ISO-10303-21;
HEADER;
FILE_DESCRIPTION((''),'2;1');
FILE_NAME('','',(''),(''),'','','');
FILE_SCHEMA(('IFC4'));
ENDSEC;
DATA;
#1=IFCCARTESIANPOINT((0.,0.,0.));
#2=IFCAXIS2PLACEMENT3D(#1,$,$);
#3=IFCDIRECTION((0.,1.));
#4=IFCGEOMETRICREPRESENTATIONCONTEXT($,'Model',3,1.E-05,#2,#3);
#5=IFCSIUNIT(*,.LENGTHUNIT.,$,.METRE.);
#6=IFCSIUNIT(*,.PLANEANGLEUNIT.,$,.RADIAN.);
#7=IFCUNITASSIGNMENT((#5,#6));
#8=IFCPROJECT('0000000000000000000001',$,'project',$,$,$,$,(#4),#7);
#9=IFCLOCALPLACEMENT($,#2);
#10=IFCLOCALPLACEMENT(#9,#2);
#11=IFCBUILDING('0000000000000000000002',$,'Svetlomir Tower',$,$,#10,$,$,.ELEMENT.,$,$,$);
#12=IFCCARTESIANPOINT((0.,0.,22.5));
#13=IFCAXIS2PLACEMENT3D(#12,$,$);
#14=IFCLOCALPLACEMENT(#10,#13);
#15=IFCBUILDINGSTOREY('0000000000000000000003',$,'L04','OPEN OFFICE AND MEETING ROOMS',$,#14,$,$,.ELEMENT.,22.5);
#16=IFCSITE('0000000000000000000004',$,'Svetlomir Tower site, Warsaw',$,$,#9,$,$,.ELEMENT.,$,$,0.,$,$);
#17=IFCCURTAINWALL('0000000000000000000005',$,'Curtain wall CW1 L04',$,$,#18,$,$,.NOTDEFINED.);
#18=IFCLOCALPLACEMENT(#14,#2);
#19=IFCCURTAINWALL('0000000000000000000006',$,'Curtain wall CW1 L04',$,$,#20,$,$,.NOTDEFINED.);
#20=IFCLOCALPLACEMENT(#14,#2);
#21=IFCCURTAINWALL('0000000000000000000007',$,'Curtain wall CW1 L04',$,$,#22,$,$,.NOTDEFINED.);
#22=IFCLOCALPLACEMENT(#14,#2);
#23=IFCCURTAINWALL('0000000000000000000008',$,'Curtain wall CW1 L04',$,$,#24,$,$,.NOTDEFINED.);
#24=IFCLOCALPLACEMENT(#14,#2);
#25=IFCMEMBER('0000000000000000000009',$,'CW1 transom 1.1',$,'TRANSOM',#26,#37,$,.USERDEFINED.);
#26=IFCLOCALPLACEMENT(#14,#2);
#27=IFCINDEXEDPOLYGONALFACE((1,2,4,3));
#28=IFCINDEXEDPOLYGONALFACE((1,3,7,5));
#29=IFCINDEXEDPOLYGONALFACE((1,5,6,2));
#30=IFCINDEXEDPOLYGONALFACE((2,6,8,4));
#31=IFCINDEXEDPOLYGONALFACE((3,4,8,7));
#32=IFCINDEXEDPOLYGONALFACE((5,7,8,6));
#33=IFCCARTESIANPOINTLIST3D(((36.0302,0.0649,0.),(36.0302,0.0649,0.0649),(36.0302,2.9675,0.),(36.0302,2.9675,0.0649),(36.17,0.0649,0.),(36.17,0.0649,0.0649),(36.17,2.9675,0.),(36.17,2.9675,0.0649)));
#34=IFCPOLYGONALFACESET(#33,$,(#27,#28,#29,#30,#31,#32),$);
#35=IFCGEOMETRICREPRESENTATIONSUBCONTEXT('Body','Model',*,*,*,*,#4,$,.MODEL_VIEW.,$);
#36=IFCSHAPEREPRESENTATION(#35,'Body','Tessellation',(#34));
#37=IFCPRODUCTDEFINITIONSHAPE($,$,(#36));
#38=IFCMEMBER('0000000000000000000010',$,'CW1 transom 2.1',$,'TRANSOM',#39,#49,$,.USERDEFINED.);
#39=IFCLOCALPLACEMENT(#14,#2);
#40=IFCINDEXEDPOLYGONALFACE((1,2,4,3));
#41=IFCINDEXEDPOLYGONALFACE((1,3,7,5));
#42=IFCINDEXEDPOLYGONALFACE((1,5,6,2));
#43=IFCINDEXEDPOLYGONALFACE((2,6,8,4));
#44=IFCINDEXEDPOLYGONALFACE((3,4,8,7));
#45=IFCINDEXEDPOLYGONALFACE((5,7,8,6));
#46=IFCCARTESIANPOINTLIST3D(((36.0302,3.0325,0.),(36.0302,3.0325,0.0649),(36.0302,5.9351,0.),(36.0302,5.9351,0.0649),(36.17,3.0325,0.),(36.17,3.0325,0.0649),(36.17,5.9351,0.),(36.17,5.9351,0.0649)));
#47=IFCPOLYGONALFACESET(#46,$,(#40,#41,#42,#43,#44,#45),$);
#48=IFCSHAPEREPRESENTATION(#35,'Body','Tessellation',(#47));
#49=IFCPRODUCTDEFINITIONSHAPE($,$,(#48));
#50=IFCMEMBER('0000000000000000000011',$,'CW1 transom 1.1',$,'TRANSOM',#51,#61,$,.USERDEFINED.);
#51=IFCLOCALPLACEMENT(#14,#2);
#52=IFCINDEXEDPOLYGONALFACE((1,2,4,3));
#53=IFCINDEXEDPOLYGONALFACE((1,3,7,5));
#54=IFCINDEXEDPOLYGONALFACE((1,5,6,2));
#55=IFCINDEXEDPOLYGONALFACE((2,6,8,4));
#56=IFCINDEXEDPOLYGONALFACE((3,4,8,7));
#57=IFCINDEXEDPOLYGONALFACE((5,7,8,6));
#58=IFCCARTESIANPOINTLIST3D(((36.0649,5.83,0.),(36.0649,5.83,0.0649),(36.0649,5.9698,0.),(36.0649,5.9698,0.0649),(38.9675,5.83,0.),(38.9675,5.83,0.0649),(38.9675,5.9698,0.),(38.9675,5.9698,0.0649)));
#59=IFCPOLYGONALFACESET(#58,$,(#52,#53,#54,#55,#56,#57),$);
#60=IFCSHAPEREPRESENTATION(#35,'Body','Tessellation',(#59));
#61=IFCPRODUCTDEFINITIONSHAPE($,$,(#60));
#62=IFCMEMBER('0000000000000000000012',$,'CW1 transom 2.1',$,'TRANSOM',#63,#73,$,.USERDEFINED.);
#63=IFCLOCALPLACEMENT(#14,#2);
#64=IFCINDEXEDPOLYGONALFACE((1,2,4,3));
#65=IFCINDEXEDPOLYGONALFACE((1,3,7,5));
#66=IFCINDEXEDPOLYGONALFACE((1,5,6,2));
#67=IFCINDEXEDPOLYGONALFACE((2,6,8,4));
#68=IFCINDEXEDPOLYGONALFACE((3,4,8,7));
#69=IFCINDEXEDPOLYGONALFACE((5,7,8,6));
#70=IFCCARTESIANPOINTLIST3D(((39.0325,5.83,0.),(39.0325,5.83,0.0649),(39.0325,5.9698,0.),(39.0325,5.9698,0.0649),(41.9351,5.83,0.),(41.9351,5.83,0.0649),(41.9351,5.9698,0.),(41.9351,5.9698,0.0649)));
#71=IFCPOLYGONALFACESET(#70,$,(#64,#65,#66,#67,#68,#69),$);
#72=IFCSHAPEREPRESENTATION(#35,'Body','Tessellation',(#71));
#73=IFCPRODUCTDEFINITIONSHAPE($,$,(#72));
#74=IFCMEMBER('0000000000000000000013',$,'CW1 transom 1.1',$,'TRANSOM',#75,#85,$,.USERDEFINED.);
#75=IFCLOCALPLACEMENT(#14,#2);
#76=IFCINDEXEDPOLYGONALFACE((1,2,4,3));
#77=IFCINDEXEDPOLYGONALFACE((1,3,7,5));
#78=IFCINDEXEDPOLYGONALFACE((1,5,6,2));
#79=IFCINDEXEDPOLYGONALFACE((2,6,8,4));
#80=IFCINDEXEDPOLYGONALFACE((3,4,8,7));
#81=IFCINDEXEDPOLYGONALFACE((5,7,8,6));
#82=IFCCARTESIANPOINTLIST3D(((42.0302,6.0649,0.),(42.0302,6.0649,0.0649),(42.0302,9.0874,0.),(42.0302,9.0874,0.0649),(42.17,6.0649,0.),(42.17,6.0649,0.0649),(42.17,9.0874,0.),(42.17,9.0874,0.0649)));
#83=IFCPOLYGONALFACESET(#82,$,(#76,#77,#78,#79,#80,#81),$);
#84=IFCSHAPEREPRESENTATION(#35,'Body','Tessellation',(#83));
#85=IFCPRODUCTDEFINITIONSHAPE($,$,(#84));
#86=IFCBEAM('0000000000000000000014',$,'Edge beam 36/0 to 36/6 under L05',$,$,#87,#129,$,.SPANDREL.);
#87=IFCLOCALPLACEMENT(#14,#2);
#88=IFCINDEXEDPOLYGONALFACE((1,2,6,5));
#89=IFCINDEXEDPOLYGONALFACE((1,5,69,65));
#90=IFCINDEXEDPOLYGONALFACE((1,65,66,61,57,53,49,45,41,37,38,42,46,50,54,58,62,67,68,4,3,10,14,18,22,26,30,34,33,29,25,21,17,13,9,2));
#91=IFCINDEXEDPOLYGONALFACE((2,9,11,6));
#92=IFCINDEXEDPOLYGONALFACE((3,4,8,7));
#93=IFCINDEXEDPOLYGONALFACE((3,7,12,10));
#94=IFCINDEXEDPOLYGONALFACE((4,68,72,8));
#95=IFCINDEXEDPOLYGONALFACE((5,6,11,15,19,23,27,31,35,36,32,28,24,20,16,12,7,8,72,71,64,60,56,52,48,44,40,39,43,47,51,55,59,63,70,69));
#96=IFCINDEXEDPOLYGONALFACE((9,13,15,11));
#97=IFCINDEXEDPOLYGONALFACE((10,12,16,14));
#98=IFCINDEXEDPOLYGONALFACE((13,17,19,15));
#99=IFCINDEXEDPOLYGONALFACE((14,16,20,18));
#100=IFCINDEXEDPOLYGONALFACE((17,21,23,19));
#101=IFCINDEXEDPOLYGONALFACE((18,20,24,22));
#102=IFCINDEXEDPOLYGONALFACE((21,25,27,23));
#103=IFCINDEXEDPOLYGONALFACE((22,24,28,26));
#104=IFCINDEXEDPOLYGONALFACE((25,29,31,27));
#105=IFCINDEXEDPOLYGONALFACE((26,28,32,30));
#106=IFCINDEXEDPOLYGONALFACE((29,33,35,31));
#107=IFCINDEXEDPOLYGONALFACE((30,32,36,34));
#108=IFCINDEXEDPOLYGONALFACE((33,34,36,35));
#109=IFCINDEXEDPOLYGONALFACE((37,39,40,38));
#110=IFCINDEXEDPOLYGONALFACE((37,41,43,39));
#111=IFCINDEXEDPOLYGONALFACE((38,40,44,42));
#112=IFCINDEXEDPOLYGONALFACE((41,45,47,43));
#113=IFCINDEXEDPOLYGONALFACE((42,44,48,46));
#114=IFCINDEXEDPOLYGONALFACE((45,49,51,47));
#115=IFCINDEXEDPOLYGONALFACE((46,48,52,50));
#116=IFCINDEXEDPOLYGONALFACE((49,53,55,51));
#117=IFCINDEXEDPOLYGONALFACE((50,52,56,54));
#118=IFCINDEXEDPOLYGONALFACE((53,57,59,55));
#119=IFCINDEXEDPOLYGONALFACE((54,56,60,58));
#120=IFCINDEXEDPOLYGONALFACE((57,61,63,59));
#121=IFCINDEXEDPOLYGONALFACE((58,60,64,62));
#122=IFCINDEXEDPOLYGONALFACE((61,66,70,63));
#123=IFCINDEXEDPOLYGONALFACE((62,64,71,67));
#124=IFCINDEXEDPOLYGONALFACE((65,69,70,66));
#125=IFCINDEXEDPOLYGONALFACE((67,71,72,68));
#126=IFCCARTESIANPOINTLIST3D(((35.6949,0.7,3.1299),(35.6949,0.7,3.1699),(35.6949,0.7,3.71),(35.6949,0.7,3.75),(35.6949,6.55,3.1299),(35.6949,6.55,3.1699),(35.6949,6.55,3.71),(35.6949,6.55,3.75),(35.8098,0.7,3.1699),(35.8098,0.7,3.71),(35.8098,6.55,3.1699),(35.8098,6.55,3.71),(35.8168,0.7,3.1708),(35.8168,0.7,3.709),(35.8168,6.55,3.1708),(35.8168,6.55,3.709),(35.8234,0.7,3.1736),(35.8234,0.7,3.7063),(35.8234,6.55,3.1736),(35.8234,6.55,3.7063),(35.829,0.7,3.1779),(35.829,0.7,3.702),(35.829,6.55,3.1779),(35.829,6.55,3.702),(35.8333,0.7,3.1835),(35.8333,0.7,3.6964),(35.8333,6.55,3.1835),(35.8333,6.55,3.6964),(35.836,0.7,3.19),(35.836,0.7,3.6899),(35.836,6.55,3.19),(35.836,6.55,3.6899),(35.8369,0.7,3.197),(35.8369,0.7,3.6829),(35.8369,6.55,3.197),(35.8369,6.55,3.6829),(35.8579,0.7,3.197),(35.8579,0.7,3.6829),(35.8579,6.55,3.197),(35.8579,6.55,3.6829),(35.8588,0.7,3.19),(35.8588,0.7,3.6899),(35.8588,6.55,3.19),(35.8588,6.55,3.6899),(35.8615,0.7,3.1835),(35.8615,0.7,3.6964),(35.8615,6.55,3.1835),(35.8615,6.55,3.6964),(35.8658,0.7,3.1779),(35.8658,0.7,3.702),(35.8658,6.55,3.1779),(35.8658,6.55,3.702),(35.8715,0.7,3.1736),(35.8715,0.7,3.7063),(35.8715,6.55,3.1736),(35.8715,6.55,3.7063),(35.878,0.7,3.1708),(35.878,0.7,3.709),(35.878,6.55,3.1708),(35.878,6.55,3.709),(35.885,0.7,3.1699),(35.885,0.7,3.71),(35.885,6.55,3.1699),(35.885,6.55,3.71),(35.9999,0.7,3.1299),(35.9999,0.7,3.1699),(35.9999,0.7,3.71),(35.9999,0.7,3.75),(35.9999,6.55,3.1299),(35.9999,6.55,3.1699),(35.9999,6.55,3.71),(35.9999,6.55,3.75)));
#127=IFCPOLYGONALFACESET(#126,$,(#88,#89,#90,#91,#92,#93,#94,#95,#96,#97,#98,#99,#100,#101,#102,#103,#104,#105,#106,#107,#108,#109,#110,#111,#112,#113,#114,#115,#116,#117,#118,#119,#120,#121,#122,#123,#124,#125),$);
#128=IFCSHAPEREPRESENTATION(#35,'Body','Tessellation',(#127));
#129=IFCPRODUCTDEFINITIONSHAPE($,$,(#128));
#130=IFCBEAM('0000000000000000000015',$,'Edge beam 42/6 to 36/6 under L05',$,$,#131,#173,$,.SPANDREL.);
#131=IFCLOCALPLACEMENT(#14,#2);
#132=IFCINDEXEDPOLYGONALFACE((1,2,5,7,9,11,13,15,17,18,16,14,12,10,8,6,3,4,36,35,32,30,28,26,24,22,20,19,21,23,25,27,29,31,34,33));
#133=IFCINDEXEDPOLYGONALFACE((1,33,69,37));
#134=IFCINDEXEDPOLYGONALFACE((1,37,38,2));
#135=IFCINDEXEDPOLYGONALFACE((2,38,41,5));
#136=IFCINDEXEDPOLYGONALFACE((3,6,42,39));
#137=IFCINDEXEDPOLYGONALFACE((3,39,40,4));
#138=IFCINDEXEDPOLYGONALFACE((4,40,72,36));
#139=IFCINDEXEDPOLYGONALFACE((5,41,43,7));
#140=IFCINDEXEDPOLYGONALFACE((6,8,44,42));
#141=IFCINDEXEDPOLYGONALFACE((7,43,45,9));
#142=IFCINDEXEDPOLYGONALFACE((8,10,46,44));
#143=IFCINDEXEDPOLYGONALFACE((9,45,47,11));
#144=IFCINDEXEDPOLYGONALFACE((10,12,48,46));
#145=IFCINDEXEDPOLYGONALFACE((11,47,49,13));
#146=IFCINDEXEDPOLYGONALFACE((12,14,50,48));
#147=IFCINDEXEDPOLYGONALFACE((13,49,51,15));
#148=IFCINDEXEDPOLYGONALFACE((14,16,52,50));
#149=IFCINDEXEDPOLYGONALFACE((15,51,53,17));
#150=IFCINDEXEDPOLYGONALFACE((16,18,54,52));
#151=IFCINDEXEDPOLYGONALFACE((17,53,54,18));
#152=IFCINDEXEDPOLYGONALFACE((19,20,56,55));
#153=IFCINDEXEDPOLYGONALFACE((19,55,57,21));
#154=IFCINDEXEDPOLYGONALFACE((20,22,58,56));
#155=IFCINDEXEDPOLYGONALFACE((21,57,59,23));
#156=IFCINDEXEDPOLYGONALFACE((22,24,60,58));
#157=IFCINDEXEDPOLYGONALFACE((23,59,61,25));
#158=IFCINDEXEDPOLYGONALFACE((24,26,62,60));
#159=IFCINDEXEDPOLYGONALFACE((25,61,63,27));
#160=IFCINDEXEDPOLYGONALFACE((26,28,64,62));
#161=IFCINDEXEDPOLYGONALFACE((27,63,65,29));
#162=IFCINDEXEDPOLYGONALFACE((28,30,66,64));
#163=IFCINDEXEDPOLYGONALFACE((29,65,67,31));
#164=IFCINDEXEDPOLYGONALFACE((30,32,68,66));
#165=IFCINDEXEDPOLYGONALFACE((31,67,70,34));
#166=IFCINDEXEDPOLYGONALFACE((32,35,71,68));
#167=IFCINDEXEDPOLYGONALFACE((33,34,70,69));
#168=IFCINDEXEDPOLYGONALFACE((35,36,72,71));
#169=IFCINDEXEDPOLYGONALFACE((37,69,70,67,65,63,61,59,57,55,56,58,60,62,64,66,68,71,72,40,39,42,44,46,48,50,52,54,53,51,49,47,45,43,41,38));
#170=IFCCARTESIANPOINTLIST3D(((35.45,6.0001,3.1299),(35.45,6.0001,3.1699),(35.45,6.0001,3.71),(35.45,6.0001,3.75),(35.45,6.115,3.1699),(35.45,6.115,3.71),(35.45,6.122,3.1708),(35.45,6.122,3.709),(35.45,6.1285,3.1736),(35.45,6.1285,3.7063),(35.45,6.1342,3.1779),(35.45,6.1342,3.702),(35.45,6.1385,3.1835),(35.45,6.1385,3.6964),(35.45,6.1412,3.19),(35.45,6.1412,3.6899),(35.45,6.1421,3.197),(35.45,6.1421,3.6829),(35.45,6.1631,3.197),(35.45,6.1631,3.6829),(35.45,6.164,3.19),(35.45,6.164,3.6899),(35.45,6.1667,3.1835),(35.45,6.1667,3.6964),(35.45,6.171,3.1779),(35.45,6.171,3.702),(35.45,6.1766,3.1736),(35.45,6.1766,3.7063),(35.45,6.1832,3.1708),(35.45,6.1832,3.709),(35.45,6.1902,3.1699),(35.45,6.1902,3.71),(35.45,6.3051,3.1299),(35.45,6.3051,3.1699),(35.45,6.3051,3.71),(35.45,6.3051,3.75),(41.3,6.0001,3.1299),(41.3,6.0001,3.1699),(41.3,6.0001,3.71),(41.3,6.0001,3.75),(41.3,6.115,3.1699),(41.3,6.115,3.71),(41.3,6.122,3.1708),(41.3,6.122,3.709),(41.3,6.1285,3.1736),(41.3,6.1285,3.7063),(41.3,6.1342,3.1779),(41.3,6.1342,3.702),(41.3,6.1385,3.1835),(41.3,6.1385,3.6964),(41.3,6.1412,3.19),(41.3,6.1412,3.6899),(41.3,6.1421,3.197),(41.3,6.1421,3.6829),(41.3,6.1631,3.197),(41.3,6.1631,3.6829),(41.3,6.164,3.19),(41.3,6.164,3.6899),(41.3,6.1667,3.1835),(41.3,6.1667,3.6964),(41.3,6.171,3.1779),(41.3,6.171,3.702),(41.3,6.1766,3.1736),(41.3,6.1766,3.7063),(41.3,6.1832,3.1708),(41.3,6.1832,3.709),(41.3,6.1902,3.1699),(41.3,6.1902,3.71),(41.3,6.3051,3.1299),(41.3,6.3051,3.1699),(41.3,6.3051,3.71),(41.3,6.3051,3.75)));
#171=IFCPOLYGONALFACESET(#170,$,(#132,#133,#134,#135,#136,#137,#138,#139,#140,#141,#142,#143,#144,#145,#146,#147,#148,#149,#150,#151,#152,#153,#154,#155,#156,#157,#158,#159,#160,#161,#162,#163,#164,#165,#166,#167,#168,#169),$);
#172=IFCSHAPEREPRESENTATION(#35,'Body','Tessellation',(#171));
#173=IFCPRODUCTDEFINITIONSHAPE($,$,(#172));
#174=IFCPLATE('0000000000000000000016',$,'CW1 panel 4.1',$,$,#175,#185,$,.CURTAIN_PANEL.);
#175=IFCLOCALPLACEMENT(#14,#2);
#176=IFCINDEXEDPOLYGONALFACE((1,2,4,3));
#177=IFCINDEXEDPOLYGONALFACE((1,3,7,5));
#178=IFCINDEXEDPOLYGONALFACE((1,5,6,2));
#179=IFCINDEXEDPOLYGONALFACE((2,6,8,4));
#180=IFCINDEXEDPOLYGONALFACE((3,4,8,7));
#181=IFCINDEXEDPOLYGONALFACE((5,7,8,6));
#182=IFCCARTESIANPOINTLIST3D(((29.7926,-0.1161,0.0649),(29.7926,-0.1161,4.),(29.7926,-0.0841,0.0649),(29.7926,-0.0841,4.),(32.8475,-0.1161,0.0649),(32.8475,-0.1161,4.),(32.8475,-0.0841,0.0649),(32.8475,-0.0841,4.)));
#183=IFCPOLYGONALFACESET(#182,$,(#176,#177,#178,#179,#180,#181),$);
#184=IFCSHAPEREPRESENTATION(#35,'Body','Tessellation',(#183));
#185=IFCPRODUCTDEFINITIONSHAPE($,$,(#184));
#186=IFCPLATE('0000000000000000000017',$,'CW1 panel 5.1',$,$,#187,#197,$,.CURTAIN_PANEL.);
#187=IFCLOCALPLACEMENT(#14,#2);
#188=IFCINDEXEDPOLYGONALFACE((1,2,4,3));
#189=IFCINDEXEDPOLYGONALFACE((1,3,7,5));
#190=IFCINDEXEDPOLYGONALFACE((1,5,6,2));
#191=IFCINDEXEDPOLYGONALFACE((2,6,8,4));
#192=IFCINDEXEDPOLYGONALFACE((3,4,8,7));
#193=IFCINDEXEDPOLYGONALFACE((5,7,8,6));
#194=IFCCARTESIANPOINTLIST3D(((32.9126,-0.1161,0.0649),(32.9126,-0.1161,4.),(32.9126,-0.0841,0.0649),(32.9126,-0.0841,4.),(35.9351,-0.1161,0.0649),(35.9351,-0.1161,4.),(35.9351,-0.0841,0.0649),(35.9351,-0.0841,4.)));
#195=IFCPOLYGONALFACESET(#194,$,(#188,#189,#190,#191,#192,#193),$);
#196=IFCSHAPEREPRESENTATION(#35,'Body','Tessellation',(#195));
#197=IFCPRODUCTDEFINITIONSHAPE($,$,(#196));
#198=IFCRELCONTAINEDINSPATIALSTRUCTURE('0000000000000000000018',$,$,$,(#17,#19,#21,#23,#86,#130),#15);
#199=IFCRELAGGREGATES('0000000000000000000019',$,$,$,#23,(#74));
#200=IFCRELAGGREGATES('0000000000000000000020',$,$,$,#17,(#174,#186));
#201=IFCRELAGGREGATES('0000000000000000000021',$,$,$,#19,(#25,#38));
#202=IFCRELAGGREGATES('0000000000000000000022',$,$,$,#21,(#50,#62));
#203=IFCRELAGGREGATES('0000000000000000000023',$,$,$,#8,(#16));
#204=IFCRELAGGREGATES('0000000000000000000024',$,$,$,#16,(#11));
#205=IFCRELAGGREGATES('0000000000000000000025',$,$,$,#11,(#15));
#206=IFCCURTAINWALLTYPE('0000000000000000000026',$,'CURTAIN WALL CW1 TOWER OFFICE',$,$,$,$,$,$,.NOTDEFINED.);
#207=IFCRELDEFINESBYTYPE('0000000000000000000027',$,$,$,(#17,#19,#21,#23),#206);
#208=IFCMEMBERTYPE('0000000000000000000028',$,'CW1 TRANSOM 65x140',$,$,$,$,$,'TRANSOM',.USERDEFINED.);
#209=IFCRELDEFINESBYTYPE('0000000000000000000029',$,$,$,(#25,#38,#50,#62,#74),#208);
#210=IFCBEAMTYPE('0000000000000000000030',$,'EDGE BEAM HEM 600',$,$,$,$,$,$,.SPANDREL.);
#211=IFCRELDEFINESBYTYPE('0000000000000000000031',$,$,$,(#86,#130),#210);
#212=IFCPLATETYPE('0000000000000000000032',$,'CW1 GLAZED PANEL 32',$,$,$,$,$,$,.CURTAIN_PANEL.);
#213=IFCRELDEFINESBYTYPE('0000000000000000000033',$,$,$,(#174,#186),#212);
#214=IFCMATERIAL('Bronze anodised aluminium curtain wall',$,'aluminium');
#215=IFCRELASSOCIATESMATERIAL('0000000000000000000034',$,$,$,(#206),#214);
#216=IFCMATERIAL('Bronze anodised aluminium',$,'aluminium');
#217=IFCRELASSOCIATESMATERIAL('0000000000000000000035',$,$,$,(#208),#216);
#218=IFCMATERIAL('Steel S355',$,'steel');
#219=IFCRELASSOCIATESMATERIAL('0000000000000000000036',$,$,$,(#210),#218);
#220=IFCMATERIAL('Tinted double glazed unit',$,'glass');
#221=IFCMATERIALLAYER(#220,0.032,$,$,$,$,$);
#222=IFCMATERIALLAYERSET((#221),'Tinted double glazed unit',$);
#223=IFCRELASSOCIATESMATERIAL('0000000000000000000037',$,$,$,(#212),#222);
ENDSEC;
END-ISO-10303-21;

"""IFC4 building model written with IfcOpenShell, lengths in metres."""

from ifc_helpers import new_model, si_unit, direction, frame, origin, origin_2d, place, context, subcontext, project, spatial, rectangle, i_section, extrude, material, layer, layer_set, material_profile, profile_set, type_object, element, aggregate, save


model = new_model("IFC4")

# Units and contexts
model_context = context("Model", 3, precision=1e-05, world=origin(), true_north=direction((0.0, 1.0)))
body_context = subcontext(model_context, "Body", "Model", "MODEL_VIEW")
ifc_project = project(units=[si_unit("LENGTHUNIT", "METRE"), si_unit("PLANEANGLEUNIT", "RADIAN")], contexts=[model_context])

# Site, building, storey
site_placement = place(None, origin())
site = spatial("IfcSite", under=ifc_project, at=site_placement, Name="Svetlomir Tower site, Warsaw", CompositionType="ELEMENT", RefElevation=0.0)
building_placement = place(site_placement, origin())
building = spatial("IfcBuilding", under=site, at=building_placement, Name="Svetlomir Tower", CompositionType="ELEMENT")
storey_placement = place(building_placement, frame((0.0, 0.0, 22.5)))
storey = spatial("IfcBuildingStorey", under=building, at=storey_placement, Name="L04", Description="OPEN OFFICE AND MEETING ROOMS", CompositionType="ELEMENT", Elevation=22.5)

# Curtain walls
ifc_material_1 = material(Name="Bronze anodised aluminium curtain wall", Category="aluminium")
curtain_wall_type = type_object("IfcCurtainWallType", Name="CURTAIN WALL CW1 TOWER OFFICE", PredefinedType="NOTDEFINED", material=ifc_material_1)
curtain_wall_1_placement = place(storey_placement, origin())
curtain_wall_1 = element("IfcCurtainWall", 1, at=curtain_wall_1_placement, inside=storey, type_object=curtain_wall_type, Name="Curtain wall CW1 L04", PredefinedType="NOTDEFINED")
curtain_wall_2_placement = place(storey_placement, origin())
curtain_wall_2 = element("IfcCurtainWall", 2, at=curtain_wall_2_placement, inside=storey, type_object=curtain_wall_type, Name="Curtain wall CW1 L04", PredefinedType="NOTDEFINED")
curtain_wall_3_placement = place(storey_placement, origin())
curtain_wall_3 = element("IfcCurtainWall", 3, at=curtain_wall_3_placement, inside=storey, type_object=curtain_wall_type, Name="Curtain wall CW1 L04", PredefinedType="NOTDEFINED")

# Curtain wall
curtain_wall_4_placement = place(storey_placement, origin())
curtain_wall_4 = element("IfcCurtainWall", 4, at=curtain_wall_4_placement, inside=storey, type_object=curtain_wall_type, Name="Curtain wall CW1 L04", PredefinedType="NOTDEFINED")

# Members
ifc_material_2 = material(Name="Bronze anodised aluminium", Category="aluminium")
ifc_material_profile_1 = material_profile(ifc_material_2, rectangle(XDim=0.1399, YDim=0.0649, at=origin_2d()), Name="AL 140x65")
ifc_profile_set_1 = profile_set([ifc_material_profile_1], Name="Bronze anodised aluminium 6063-T6")
member_type_1 = type_object("IfcMemberType", Name="CW1 TRANSOM 65x140", ElementType="TRANSOM", PredefinedType="USERDEFINED", material=ifc_profile_set_1)
member_1_placement = place(storey_placement, frame((36.1001, 0.0649, 0.0325), z_axis=(0.0, 1.0, 0.0), x_axis=(-1.0, 0.0, 0.0)))
member_1 = element("IfcMember", 5, at=member_1_placement, type_object=member_type_1, Name="CW1 transom 1.1", ObjectType="TRANSOM", PredefinedType="USERDEFINED", context=body_context, shape_type="SweptSolid", body=[
    extrude(rectangle(XDim=0.1399, YDim=0.0649, at=origin_2d()), origin(), (0.0, 0.0, 1.0), 2.9026),
])
member_2_placement = place(storey_placement, frame((36.1001, 3.0325, 0.0325), z_axis=(0.0, 1.0, 0.0), x_axis=(-1.0, 0.0, 0.0)))
member_2 = element("IfcMember", 6, at=member_2_placement, type_object=member_type_1, Name="CW1 transom 2.1", ObjectType="TRANSOM", PredefinedType="USERDEFINED", context=body_context, shape_type="SweptSolid", body=[
    extrude(rectangle(XDim=0.1399, YDim=0.0649, at=origin_2d()), origin(), (0.0, 0.0, 1.0), 2.9026),
])
member_3_placement = place(storey_placement, frame((36.0649, 5.8999, 0.0325), z_axis=(1.0, 0.0, 0.0), x_axis=(0.0, 1.0, 0.0)))
member_3 = element("IfcMember", 7, at=member_3_placement, type_object=member_type_1, Name="CW1 transom 1.1", ObjectType="TRANSOM", PredefinedType="USERDEFINED", context=body_context, shape_type="SweptSolid", body=[
    extrude(rectangle(XDim=0.1399, YDim=0.0649, at=origin_2d()), origin(), (0.0, 0.0, 1.0), 2.9026),
])
member_4_placement = place(storey_placement, frame((39.0325, 5.8999, 0.0325), z_axis=(1.0, 0.0, 0.0), x_axis=(0.0, 1.0, 0.0)))
member_4 = element("IfcMember", 8, at=member_4_placement, type_object=member_type_1, Name="CW1 transom 2.1", ObjectType="TRANSOM", PredefinedType="USERDEFINED", context=body_context, shape_type="SweptSolid", body=[
    extrude(rectangle(XDim=0.1399, YDim=0.0649, at=origin_2d()), origin(), (0.0, 0.0, 1.0), 2.9026),
])
member_5_placement = place(storey_placement, frame((42.1001, 6.0649, 0.0325), z_axis=(0.0, 1.0, 0.0), x_axis=(-1.0, 0.0, 0.0)))
member_5 = element("IfcMember", 9, at=member_5_placement, type_object=member_type_1, Name="CW1 transom 1.1", ObjectType="TRANSOM", PredefinedType="USERDEFINED", context=body_context, shape_type="SweptSolid", body=[
    extrude(rectangle(XDim=0.1399, YDim=0.0649, at=origin_2d()), origin(), (0.0, 0.0, 1.0), 3.0225),
])
aggregate(curtain_wall_4, [member_5])

# Beams
ifc_material_3 = material(Name="Steel S355", Category="steel")
ifc_material_profile_2 = material_profile(ifc_material_3, i_section(OverallWidth=0.3049, OverallDepth=0.6201, WebThickness=0.021, FlangeThickness=0.04, FilletRadius=0.0271, at=origin_2d()), Name="HEM 600")
ifc_profile_set_2 = profile_set([ifc_material_profile_2], Name="Steel S355")
beam_type = type_object("IfcBeamType", Name="EDGE BEAM HEM 600", PredefinedType="SPANDREL", material=ifc_profile_set_2)
for number, where, z_axis, x_axis, name in (
    (10, (35.8474, 0.7, 3.4399), (0.0, 1.0, 0.0), (-1.0, 0.0, 0.0), "Edge beam 36/0 to 36/6 under L05"),
    (11, (41.3, 6.1526, 3.4399), (-1.0, 0.0, 0.0), (0.0, -1.0, 0.0), "Edge beam 42/6 to 36/6 under L05"),
):
    element("IfcBeam", number, at=place(storey_placement, frame(where, z_axis=z_axis, x_axis=x_axis)), inside=storey, type_object=beam_type, Name=name, PredefinedType="SPANDREL", context=body_context, shape_type="SweptSolid", body=[
        extrude(i_section(OverallWidth=0.3049, OverallDepth=0.6201, WebThickness=0.021, FlangeThickness=0.04, FilletRadius=0.0271, at=origin_2d()), origin(), (0.0, 0.0, 1.0), 5.8501),
    ])

# Plates
ifc_material_4 = material(Name="Tinted double glazed unit", Category="glass")
ifc_layer_1 = layer(ifc_material_4, 0.032)
ifc_layer_set_1 = layer_set([ifc_layer_1], Name="Tinted double glazed unit")
plate_type = type_object("IfcPlateType", Name="CW1 GLAZED PANEL 32", PredefinedType="CURTAIN_PANEL", material=ifc_layer_set_1)
plate_1_placement = place(storey_placement, frame((31.3201, -0.1001, 0.0649), z_axis=(0.0, 0.0, 1.0), x_axis=(1.0, 0.0, 0.0)))
plate_1 = element("IfcPlate", 12, at=plate_1_placement, type_object=plate_type, Name="CW1 panel 4.1", PredefinedType="CURTAIN_PANEL", context=body_context, shape_type="SweptSolid", body=[
    extrude(rectangle(XDim=3.0549, YDim=0.032, at=origin_2d()), origin(), (0.0, 0.0, 1.0), 3.9351),
])
plate_2_placement = place(storey_placement, frame((34.4238, -0.1001, 0.0649), z_axis=(0.0, 0.0, 1.0), x_axis=(1.0, 0.0, 0.0)))
plate_2 = element("IfcPlate", 13, at=plate_2_placement, type_object=plate_type, Name="CW1 panel 5.1", PredefinedType="CURTAIN_PANEL", context=body_context, shape_type="SweptSolid", body=[
    extrude(rectangle(XDim=3.0225, YDim=0.032, at=origin_2d()), origin(), (0.0, 0.0, 1.0), 3.9351),
])
aggregate(curtain_wall_1, [plate_1, plate_2])
aggregate(curtain_wall_2, [member_1, member_2])
aggregate(curtain_wall_3, [member_3, member_4])

save(model, "model.ifc")
